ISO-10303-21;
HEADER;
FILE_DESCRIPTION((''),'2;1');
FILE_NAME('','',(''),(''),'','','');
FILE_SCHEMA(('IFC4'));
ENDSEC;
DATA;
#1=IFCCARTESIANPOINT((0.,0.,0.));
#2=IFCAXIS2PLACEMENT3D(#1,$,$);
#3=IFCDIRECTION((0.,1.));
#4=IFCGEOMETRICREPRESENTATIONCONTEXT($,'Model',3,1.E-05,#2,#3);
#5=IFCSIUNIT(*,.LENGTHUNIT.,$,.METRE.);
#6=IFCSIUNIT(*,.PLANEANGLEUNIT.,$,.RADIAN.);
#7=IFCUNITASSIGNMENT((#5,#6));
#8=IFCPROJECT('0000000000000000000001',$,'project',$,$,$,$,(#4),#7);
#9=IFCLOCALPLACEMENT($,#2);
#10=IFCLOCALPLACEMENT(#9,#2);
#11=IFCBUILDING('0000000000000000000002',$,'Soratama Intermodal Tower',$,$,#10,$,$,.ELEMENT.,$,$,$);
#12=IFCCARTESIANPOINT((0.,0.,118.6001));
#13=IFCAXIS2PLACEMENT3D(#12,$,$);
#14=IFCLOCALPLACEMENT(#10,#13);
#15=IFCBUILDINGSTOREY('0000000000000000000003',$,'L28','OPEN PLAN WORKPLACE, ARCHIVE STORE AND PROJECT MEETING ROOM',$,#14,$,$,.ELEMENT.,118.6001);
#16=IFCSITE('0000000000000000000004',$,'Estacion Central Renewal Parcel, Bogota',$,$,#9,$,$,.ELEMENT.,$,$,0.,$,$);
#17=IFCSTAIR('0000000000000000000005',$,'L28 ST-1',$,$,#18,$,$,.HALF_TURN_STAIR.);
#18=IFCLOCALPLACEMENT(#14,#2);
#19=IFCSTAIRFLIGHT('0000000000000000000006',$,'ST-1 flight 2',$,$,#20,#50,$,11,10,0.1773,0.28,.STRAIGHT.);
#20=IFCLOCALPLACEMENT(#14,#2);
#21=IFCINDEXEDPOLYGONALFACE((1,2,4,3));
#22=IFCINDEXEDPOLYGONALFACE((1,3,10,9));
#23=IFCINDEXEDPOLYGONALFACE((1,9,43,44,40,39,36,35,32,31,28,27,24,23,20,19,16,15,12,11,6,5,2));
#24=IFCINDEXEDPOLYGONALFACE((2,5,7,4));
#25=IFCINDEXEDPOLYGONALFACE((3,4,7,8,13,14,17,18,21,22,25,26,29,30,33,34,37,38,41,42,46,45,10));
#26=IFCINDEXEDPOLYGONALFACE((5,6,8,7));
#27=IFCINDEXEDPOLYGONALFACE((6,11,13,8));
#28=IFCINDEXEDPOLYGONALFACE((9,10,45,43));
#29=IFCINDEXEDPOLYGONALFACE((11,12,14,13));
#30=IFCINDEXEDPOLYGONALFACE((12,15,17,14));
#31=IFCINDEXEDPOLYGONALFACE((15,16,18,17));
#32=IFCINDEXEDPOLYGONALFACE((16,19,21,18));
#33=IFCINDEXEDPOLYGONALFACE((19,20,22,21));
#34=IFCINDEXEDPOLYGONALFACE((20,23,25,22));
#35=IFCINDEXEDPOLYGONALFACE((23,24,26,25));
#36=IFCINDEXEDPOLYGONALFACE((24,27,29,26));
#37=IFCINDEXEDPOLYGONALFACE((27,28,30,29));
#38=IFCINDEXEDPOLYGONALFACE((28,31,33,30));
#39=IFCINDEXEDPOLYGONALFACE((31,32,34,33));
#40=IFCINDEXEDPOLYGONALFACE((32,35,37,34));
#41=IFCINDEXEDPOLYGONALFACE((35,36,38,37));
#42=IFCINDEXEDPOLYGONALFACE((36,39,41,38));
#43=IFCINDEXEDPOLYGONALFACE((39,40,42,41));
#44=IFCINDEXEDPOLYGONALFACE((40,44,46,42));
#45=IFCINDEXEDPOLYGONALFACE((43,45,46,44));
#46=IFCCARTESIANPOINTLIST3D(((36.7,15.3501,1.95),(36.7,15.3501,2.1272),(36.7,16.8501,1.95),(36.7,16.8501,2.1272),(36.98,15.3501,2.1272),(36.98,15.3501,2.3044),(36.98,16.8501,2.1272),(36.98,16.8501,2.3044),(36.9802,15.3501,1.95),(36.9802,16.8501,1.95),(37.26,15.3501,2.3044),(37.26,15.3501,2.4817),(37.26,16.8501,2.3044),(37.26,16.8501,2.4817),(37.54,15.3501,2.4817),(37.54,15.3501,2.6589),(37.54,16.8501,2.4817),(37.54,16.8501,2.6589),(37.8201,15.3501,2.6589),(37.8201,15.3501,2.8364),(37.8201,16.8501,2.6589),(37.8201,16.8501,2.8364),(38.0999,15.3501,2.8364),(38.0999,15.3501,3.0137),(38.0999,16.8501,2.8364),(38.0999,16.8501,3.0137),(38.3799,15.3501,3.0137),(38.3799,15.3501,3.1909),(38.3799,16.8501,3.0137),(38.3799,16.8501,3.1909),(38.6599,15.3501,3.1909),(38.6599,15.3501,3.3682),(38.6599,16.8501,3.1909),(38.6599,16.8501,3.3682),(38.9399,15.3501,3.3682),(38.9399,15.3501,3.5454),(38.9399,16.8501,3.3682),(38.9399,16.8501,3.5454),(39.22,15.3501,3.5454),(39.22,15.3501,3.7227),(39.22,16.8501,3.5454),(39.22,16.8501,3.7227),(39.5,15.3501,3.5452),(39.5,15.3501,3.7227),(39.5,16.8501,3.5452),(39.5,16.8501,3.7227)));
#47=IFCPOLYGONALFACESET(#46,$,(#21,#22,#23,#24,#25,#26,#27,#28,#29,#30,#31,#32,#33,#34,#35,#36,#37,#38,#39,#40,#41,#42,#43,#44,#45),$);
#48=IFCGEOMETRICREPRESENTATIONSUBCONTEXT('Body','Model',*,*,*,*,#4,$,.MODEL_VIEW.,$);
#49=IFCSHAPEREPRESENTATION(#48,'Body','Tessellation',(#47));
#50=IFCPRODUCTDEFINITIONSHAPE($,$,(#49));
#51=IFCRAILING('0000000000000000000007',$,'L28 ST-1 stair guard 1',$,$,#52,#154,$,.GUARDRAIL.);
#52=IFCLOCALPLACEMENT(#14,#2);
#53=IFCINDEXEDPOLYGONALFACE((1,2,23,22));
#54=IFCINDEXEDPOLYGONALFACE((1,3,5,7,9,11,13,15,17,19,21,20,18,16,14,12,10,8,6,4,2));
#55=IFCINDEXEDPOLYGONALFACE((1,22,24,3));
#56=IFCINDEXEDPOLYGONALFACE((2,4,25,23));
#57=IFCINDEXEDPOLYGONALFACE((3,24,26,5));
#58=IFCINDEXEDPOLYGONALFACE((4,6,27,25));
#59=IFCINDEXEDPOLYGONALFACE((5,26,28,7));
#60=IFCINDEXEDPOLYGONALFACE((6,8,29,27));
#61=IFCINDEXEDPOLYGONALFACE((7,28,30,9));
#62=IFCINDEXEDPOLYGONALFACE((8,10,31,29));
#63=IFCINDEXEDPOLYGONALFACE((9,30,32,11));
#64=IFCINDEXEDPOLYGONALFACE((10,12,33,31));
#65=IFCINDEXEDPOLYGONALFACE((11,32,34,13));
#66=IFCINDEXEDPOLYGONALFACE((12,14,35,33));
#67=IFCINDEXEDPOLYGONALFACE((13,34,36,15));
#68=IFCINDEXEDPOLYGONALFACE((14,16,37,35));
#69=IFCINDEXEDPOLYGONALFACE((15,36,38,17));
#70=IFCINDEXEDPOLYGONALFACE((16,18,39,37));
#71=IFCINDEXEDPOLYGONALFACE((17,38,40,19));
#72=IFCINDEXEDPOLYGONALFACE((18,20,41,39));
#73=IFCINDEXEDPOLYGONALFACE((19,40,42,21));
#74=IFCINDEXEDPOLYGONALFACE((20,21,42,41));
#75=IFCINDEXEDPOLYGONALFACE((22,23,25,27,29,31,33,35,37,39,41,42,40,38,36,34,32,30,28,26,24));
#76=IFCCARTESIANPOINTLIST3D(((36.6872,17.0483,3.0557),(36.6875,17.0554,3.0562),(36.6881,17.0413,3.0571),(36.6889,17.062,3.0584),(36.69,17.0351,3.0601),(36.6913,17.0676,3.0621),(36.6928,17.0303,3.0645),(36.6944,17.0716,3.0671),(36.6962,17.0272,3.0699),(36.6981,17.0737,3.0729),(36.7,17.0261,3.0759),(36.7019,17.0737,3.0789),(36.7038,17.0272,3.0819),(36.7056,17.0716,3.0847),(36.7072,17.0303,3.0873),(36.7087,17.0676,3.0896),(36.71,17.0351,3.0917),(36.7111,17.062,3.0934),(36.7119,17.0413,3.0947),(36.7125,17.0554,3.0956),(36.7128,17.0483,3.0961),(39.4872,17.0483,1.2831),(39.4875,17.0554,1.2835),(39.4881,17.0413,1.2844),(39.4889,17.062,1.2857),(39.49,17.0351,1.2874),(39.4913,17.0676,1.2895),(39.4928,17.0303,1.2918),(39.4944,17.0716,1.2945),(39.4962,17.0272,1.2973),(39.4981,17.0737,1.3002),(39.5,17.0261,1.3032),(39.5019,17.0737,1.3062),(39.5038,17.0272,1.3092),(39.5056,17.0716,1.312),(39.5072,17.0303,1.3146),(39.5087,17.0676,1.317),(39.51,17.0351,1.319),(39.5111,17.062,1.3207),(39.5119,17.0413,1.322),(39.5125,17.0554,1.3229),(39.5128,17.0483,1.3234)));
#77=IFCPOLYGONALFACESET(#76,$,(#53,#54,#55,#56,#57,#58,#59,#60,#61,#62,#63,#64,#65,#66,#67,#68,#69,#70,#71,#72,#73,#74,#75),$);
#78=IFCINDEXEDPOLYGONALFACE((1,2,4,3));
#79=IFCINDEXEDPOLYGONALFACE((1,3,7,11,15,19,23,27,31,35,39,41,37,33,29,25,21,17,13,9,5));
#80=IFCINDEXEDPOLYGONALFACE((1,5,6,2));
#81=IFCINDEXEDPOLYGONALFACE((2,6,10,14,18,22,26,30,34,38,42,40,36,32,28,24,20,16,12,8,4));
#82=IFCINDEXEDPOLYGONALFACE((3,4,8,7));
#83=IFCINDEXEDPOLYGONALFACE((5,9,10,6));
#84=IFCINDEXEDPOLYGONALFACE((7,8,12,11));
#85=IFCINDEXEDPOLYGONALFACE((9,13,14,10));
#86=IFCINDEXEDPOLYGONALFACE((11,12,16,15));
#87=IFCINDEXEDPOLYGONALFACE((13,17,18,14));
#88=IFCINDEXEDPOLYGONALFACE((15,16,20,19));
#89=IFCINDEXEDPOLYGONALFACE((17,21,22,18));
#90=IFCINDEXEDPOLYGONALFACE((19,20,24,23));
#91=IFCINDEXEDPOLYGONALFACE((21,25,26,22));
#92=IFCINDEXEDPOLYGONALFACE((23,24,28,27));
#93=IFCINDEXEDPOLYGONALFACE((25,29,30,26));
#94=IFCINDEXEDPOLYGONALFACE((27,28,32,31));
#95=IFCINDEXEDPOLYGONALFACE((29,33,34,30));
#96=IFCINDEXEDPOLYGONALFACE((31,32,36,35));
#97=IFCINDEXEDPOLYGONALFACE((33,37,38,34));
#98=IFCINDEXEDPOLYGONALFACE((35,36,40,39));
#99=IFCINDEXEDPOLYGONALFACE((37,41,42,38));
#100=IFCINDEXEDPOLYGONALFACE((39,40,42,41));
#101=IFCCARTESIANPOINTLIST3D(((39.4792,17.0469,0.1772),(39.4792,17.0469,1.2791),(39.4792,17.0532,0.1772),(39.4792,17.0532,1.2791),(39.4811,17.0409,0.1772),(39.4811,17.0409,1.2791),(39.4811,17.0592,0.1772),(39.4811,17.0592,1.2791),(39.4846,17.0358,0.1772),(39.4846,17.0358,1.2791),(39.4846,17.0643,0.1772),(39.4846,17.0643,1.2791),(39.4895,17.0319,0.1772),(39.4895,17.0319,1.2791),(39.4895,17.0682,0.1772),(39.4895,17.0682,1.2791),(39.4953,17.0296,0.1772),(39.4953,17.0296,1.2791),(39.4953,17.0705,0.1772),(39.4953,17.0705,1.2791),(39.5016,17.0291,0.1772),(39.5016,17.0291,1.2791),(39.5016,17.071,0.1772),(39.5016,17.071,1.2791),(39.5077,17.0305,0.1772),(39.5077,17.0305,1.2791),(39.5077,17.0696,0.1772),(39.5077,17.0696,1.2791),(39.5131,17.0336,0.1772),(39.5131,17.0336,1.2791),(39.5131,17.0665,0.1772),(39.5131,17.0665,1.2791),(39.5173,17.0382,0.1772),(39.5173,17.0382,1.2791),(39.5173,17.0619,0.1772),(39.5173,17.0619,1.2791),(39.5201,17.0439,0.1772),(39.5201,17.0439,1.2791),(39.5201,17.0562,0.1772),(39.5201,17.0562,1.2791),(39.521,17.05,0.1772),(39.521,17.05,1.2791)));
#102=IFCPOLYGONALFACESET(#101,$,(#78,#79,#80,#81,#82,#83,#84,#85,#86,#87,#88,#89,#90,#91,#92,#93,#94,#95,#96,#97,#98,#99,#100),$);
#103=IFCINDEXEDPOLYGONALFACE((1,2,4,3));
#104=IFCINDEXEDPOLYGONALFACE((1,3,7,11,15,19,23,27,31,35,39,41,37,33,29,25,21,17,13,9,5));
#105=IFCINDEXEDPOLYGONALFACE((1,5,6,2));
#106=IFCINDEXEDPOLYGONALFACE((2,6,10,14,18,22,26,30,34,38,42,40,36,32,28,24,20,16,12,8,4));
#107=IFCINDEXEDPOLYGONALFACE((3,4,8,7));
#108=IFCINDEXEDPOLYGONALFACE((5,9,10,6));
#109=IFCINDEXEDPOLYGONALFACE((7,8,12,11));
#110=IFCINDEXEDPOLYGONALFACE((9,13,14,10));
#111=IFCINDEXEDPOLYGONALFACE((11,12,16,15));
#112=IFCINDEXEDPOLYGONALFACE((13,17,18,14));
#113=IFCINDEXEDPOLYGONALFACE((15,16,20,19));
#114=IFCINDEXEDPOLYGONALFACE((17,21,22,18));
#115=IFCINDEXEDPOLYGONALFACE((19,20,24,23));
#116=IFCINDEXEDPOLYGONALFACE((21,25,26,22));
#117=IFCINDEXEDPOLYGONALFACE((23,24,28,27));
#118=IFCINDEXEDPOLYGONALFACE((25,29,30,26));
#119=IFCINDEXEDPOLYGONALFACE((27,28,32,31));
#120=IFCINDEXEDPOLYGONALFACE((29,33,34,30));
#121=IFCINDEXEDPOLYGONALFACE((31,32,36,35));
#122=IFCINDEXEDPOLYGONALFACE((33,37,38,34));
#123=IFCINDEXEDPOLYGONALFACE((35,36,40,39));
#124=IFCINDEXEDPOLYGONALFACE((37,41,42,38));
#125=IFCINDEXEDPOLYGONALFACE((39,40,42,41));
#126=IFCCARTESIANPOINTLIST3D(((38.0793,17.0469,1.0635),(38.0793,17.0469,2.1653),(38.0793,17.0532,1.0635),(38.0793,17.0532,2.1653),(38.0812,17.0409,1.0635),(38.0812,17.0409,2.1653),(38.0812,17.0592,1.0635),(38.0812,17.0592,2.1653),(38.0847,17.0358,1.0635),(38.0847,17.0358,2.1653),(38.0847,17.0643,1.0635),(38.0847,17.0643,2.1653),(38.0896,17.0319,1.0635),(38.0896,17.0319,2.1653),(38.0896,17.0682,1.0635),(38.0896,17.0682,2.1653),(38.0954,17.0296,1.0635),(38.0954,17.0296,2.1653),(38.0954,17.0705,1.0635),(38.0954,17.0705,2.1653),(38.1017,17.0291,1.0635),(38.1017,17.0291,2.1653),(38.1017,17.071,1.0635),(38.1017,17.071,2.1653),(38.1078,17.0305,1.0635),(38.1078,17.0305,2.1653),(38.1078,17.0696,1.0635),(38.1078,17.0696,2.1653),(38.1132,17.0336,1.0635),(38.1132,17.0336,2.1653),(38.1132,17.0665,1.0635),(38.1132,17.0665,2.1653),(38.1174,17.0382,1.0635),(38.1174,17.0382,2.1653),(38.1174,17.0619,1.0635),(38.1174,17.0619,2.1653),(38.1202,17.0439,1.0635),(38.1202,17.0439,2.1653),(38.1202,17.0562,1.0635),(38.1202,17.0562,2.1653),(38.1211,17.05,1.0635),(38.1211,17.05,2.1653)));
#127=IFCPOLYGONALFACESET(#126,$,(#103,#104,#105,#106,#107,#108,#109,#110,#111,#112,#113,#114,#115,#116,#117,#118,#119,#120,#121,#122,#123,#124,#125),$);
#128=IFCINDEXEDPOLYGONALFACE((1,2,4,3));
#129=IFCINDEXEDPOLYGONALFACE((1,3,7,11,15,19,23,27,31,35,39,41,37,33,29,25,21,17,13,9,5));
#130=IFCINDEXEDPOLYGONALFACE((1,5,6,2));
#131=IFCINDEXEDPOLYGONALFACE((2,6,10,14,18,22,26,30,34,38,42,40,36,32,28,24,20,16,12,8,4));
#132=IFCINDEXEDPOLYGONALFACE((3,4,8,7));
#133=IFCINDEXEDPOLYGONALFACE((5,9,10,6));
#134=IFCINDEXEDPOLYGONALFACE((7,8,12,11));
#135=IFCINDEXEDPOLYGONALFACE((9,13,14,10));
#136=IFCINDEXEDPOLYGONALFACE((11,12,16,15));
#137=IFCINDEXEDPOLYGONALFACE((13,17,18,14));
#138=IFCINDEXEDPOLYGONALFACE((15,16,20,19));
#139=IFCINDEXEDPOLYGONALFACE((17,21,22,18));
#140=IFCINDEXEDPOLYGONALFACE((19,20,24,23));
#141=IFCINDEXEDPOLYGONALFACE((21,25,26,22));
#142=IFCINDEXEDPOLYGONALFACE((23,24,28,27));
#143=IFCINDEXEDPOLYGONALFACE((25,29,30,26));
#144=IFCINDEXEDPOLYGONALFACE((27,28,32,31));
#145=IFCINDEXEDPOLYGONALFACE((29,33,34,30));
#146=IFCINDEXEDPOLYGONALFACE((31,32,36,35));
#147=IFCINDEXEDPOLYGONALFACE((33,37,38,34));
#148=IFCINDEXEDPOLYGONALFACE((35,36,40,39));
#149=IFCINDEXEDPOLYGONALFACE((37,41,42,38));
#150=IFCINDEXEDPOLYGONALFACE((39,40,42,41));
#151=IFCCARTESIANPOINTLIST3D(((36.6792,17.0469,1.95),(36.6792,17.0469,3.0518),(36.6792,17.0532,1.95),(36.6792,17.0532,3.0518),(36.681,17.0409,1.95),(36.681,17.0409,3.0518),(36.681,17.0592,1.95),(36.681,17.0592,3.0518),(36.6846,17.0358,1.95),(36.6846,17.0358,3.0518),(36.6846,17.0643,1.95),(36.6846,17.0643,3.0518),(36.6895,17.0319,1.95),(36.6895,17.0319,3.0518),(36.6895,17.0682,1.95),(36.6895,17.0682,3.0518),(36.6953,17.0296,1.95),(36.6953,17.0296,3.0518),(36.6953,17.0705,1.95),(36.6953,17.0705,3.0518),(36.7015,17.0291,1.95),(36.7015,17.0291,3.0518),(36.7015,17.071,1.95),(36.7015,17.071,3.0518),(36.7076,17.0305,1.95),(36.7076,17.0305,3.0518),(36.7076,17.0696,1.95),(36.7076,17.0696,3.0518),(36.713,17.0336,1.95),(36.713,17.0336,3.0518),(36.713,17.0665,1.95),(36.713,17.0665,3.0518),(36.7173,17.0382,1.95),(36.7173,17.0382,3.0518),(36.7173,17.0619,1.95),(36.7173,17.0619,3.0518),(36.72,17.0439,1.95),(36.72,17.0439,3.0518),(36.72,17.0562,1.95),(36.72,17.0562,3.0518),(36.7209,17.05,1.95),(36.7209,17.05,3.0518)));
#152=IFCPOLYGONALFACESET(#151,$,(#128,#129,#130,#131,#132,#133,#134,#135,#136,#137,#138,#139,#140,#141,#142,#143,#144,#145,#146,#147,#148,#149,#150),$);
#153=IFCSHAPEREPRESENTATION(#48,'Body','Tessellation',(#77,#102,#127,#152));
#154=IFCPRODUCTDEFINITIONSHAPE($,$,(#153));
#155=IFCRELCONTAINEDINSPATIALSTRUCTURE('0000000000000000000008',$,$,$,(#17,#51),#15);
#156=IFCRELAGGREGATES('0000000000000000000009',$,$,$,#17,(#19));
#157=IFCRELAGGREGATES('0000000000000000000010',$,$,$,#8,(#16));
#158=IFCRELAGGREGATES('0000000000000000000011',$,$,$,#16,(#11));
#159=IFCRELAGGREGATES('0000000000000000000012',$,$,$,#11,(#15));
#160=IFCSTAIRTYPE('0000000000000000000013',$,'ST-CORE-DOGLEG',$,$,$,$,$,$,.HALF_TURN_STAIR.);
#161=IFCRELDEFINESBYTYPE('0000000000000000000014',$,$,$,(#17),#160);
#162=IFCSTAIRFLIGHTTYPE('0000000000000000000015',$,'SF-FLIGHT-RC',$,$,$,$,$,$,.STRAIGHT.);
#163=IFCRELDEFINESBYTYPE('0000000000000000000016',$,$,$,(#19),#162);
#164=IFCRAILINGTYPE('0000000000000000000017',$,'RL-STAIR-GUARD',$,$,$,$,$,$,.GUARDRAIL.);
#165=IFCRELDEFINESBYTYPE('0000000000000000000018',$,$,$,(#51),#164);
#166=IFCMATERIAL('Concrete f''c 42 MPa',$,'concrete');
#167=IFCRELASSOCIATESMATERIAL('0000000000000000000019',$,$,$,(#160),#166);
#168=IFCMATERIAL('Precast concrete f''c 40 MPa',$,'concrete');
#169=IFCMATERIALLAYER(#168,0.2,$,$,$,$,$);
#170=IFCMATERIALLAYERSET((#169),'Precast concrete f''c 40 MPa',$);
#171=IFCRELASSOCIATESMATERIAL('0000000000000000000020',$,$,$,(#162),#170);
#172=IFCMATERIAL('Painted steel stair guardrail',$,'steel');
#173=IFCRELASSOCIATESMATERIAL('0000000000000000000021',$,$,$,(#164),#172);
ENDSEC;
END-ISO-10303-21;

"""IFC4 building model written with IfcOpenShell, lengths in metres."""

from ifc_helpers import new_model, si_unit, direction, frame, origin, origin_2d, place, context, subcontext, project, spatial, polyline, circle, outline, extrude, material, layer, layer_set, type_object, element, aggregate, save


model = new_model("IFC4")

# Units and contexts
model_context = context("Model", 3, precision=1e-05, world=origin(), true_north=direction((0.0, 1.0)))
body_context = subcontext(model_context, "Body", "Model", "MODEL_VIEW")
ifc_project = project(units=[si_unit("LENGTHUNIT", "METRE"), si_unit("PLANEANGLEUNIT", "RADIAN")], contexts=[model_context])

# Site, building, storey
site_placement = place(None, origin())
site = spatial("IfcSite", under=ifc_project, at=site_placement, Name="Estacion Central Renewal Parcel, Bogota", CompositionType="ELEMENT", RefElevation=0.0)
building_placement = place(site_placement, origin())
building = spatial("IfcBuilding", under=site, at=building_placement, Name="Soratama Intermodal Tower", CompositionType="ELEMENT")
storey_placement = place(building_placement, frame((0.0, 0.0, 118.6001)))
storey = spatial("IfcBuildingStorey", under=building, at=storey_placement, Name="L28", Description="OPEN PLAN WORKPLACE, ARCHIVE STORE AND PROJECT MEETING ROOM", CompositionType="ELEMENT", Elevation=118.6001)

# Stair, stair flight
ifc_material_1 = material(Name="Concrete f'c 42 MPa", Category="concrete")
stair_type = type_object("IfcStairType", Name="ST-CORE-DOGLEG", PredefinedType="HALF_TURN_STAIR", material=ifc_material_1)
stair_placement = place(storey_placement, origin())
stair = element("IfcStair", 1, at=stair_placement, inside=storey, type_object=stair_type, Name="L28 ST-1", PredefinedType="HALF_TURN_STAIR")
ifc_material_2 = material(Name="Precast concrete f'c 40 MPa", Category="concrete")
ifc_layer_1 = layer(ifc_material_2, 0.2)
ifc_layer_set_1 = layer_set([ifc_layer_1], Name="Precast concrete f'c 40 MPa")
stair_flight_type = type_object("IfcStairFlightType", Name="SF-FLIGHT-RC", PredefinedType="STRAIGHT", material=ifc_layer_set_1)
stair_flight_1_placement = place(storey_placement, frame((36.7, 16.1001, 1.95), z_axis=(0.0, 0.0, 1.0), x_axis=(1.0, 0.0, 0.0)))
stair_flight_1 = element("IfcStairFlight", 2, at=stair_flight_1_placement, type_object=stair_flight_type, Name="ST-1 flight 2", NumberOfRisers=11, NumberOfTreads=10, PredefinedType="STRAIGHT", RiserHeight=0.1773, TreadLength=0.28, context=body_context, shape_type="SweptSolid", body=[
    extrude(outline(polyline([(0.0, 0.0), (0.0, 0.1772), (0.28, 0.1772), (0.28, 0.3545), (0.5601, 0.3545), (0.5601, 0.5317), (0.8401, 0.5317), (0.8401, 0.709), (1.1201, 0.709), (1.1201, 0.8865), (1.3999, 0.8865), (1.3999, 1.0637), (1.6799, 1.0637), (1.6799, 1.241), (1.96, 1.241), (1.96, 1.4182), (2.24, 1.4182), (2.24, 1.5955), (2.52, 1.5955), (2.52, 1.7727), (2.8, 1.7727), (2.8, 1.95), (2.8, 1.5952), (0.2803, 0.0), (0.0, 0.0)])), frame((0.0, 0.75, 0.0), z_axis=(0.0, -1.0, 0.0), x_axis=(1.0, 0.0, 0.0)), (0.0, 0.0, 1.0), 1.5),
])
aggregate(stair, [stair_flight_1])

# Railing
ifc_material_3 = material(Name="Painted steel stair guardrail", Category="steel")
railing_type_1 = type_object("IfcRailingType", Name="RL-STAIR-GUARD", PredefinedType="GUARDRAIL", material=ifc_material_3)
railing_1_placement = place(storey_placement, frame((39.5, 17.05, 0.1772)))
element("IfcRailing", 3, at=railing_1_placement, inside=storey, type_object=railing_type_1, Name="L28 ST-1 stair guard 1", PredefinedType="GUARDRAIL", context=body_context, shape_type="SweptSolid", body=[
    extrude(circle(Radius=0.0239, at=origin_2d()), frame((0.0, 0.0, 1.126), z_axis=(-0.844909, 0.0, 0.53491), x_axis=(0.0, -1.0, 0.0)), (0.0, 0.0, 1.0), 3.314),
    extrude(circle(Radius=0.021, at=origin_2d()), origin(), (0.0, 0.0, 1.0), 1.1018),
    extrude(circle(Radius=0.021, at=origin_2d()), frame((-1.3999, 0.0, 0.8862)), (0.0, 0.0, 1.0), 1.1018),
    extrude(circle(Radius=0.021, at=origin_2d()), frame((-2.8, 0.0, 1.7727)), (0.0, 0.0, 1.0), 1.1018),
])

save(model, "model.ifc")
